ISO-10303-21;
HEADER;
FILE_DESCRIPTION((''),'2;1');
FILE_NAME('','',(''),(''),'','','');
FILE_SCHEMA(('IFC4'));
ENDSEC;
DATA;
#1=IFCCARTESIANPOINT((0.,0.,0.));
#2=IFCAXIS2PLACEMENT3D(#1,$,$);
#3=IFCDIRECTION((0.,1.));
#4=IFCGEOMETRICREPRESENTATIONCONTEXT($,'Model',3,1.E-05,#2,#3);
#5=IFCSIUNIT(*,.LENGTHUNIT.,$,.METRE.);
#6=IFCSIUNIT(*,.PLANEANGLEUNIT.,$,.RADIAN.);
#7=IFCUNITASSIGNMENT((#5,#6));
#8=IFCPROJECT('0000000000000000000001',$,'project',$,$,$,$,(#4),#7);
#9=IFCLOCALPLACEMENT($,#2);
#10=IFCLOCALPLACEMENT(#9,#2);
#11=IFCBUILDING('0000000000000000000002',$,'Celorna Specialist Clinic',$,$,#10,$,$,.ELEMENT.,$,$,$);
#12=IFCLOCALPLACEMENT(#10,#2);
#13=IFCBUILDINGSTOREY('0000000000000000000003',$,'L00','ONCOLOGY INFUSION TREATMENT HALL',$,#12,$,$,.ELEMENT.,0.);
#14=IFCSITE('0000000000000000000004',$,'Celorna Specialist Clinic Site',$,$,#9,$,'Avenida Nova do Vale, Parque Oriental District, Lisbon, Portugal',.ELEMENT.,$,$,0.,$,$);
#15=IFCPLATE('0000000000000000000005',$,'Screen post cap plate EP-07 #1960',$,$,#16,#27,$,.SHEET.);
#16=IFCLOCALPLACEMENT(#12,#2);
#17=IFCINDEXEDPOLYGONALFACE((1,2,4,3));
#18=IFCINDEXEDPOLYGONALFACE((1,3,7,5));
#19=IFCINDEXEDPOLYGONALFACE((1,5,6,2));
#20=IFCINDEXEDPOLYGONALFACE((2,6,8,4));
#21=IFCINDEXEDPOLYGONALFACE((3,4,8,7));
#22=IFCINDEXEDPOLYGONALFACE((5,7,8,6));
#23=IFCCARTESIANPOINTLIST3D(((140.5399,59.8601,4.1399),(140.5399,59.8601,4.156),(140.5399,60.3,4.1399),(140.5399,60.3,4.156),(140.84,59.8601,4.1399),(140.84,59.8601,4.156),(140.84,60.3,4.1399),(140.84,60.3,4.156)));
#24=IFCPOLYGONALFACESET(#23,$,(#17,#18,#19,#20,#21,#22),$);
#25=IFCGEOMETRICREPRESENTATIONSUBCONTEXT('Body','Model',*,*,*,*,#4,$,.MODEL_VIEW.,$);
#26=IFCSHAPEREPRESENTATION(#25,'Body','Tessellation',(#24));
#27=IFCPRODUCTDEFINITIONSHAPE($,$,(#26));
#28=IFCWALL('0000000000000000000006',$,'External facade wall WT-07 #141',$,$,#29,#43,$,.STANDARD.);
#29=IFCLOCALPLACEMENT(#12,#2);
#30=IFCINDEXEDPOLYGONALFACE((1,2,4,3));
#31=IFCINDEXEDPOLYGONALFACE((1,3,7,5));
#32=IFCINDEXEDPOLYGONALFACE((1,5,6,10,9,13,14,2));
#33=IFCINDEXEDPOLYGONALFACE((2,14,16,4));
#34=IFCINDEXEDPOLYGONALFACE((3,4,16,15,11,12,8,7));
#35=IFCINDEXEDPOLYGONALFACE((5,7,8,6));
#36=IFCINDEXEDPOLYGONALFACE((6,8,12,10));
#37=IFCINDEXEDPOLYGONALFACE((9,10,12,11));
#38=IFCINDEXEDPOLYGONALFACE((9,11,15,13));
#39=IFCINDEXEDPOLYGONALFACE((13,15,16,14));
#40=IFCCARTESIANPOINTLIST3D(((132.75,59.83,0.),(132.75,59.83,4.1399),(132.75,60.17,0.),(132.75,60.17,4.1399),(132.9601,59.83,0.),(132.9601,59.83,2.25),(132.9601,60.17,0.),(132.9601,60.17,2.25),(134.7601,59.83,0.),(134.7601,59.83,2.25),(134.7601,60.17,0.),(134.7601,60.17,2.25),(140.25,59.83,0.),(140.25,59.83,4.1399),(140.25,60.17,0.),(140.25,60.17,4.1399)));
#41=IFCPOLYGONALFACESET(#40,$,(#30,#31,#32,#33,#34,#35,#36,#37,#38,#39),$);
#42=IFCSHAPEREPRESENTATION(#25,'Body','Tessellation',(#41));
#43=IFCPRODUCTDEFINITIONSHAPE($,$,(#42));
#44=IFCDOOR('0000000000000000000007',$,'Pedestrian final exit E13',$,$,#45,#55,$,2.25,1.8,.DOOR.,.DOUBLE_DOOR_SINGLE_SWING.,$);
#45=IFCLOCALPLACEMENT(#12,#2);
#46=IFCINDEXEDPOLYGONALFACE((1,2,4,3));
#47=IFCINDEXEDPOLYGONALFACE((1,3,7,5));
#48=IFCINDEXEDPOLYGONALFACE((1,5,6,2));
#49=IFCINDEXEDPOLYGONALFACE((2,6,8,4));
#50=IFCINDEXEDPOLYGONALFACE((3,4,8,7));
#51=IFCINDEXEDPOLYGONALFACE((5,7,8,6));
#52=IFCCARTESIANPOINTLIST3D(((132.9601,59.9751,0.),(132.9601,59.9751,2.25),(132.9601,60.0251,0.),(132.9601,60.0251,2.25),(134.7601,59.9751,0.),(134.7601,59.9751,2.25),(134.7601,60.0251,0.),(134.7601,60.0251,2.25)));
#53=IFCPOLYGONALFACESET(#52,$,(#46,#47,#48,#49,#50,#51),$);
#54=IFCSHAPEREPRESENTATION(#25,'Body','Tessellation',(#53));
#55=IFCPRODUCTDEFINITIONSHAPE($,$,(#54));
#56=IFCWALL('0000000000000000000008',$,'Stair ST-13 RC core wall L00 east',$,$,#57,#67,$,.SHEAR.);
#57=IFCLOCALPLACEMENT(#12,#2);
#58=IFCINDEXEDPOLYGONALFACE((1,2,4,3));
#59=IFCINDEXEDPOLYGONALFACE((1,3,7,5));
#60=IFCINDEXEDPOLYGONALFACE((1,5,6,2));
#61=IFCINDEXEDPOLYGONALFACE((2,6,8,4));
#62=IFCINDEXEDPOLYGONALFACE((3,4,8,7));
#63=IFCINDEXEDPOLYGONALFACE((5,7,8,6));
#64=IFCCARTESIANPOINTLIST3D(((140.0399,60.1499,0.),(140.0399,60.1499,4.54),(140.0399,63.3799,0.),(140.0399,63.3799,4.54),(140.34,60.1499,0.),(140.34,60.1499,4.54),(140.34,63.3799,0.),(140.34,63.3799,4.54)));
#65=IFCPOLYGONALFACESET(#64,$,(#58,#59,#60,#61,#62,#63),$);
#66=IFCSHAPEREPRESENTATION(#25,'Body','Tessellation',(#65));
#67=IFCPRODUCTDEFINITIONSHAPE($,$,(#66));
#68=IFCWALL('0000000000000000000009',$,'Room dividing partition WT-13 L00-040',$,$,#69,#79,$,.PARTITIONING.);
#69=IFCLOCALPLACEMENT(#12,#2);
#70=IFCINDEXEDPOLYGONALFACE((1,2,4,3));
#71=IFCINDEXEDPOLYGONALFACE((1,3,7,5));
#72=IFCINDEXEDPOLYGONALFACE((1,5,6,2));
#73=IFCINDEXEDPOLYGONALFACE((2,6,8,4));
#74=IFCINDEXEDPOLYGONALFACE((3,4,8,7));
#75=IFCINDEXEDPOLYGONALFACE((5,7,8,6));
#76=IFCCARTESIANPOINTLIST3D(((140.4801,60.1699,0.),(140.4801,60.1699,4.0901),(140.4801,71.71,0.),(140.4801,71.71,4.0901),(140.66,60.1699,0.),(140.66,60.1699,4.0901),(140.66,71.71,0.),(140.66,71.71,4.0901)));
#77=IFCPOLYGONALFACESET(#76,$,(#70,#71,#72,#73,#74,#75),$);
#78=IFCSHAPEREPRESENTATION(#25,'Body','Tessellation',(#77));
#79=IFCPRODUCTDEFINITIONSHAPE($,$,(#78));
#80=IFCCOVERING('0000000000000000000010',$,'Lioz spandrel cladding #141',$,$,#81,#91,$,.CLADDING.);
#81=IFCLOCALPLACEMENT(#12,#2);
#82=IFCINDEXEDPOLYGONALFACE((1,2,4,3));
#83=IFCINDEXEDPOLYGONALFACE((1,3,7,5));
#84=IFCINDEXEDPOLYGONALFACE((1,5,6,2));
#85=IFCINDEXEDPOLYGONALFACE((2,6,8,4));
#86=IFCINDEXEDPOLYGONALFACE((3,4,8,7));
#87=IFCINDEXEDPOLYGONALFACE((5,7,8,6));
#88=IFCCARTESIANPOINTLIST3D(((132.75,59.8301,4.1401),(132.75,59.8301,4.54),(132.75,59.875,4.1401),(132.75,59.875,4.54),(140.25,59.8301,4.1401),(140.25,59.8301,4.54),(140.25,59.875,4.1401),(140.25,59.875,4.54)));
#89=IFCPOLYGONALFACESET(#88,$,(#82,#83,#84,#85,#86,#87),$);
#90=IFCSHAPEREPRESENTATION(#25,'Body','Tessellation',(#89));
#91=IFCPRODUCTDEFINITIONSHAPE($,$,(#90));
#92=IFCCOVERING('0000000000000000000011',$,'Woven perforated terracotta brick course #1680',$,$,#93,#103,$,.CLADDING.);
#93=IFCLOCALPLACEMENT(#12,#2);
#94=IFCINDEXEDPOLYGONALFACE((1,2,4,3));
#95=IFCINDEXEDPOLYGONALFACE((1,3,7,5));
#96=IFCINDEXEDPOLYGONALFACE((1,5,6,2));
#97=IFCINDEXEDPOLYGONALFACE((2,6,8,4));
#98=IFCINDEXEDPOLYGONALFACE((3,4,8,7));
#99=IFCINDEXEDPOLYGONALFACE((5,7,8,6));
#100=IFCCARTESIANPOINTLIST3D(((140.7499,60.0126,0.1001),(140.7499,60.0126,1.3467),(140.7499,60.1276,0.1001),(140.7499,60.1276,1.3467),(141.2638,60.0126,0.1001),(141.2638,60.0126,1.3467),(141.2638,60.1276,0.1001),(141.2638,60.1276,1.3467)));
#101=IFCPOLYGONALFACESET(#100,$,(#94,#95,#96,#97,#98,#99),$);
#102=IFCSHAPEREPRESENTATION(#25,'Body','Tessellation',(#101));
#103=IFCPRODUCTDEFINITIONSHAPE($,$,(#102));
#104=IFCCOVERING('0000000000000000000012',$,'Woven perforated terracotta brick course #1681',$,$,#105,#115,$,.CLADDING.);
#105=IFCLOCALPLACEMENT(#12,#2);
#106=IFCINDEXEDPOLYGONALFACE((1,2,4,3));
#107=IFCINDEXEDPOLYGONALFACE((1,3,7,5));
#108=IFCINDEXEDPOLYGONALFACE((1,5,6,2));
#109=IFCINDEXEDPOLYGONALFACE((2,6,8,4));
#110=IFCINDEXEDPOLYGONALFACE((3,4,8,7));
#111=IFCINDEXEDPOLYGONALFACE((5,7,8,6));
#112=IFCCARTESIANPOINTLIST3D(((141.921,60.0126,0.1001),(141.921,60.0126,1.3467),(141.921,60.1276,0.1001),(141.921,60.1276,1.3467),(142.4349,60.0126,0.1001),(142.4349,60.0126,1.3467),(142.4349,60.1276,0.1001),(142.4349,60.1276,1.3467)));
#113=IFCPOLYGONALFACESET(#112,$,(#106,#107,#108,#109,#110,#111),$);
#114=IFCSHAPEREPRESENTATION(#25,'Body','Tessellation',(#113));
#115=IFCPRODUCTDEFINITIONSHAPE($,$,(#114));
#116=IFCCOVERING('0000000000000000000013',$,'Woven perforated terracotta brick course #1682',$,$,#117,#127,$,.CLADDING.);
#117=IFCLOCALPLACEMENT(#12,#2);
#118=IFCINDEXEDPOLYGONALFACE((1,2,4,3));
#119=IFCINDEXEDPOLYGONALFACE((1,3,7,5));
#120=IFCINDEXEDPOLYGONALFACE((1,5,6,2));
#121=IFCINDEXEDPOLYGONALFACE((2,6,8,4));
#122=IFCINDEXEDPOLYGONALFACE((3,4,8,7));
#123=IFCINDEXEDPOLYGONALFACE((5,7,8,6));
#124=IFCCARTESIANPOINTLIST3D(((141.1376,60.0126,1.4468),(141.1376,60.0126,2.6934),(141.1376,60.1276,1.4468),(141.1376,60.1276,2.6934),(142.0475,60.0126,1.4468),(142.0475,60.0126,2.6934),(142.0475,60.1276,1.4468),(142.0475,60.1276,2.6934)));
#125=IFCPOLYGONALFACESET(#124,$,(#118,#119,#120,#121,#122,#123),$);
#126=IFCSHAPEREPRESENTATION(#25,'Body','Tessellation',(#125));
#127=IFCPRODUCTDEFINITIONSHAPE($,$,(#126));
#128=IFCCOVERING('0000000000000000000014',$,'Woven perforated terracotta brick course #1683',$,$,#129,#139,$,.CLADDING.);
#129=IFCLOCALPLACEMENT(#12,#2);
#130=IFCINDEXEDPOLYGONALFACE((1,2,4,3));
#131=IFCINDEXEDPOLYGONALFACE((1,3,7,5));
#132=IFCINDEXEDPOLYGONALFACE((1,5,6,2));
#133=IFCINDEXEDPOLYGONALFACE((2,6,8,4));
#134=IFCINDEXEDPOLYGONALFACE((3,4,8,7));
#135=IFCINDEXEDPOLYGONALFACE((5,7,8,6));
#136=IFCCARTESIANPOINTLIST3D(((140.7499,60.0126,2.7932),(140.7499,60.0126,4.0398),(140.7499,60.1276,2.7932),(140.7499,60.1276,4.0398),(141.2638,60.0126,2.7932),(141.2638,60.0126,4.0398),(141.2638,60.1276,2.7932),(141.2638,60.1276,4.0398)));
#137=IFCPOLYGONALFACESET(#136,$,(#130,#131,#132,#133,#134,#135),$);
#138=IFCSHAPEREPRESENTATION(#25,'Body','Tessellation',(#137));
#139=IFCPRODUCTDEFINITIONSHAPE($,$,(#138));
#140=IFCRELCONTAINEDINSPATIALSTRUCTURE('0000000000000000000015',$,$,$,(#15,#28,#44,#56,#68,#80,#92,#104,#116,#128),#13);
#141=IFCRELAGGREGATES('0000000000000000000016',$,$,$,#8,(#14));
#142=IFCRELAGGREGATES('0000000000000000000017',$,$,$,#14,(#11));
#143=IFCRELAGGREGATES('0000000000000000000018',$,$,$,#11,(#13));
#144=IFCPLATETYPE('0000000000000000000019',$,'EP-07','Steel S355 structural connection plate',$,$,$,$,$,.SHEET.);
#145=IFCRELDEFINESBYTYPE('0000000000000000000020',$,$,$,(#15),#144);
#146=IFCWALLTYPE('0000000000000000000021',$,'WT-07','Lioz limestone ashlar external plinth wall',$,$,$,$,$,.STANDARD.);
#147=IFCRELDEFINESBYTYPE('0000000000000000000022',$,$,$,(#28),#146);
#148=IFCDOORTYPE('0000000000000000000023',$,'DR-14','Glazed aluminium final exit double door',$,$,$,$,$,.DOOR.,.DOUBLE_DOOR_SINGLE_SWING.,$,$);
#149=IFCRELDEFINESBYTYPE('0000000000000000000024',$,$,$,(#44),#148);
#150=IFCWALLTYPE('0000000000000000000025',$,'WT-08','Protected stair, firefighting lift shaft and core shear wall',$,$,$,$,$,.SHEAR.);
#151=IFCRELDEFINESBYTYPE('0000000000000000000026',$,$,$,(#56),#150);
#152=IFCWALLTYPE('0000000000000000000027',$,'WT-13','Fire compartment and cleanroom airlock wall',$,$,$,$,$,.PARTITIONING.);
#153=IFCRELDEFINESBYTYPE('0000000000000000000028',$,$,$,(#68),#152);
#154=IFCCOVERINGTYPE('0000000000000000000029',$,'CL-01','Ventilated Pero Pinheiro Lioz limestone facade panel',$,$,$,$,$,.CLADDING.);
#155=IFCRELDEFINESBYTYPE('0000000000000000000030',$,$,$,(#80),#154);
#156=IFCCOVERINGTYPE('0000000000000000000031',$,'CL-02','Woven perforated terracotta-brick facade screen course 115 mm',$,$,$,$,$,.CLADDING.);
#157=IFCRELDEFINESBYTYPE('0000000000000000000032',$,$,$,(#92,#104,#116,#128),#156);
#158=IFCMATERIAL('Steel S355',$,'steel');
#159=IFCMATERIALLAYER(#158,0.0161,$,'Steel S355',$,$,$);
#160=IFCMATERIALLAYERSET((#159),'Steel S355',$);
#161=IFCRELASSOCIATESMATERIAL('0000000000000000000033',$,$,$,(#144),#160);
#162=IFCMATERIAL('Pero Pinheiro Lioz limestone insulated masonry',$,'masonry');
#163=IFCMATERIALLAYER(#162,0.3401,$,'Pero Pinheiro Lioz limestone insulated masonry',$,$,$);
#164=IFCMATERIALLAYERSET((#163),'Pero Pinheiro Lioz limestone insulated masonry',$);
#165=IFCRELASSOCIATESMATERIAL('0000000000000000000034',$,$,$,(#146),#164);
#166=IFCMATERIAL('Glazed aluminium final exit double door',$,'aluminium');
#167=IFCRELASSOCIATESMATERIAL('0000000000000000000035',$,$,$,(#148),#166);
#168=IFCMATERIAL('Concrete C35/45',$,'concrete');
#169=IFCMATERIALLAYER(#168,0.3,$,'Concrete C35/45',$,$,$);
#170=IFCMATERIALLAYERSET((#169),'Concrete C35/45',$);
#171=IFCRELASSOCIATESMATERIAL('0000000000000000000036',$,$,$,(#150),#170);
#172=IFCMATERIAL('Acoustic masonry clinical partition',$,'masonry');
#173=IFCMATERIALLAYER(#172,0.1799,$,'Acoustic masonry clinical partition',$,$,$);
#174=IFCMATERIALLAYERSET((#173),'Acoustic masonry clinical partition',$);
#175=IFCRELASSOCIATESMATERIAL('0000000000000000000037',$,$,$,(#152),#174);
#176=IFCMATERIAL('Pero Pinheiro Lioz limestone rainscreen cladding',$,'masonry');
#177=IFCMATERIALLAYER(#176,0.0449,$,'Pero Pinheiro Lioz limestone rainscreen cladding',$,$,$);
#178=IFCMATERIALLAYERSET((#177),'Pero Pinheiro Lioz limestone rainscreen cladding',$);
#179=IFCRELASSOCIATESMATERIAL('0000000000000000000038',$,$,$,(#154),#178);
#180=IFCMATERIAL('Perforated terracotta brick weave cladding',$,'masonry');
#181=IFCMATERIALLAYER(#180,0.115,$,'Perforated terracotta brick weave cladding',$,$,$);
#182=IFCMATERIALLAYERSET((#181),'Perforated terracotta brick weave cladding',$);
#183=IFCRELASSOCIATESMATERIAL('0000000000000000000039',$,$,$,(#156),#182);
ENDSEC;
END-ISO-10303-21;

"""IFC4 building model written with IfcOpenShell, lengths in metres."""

from ifc_helpers import new_model, si_unit, direction, frame, frame_2d, origin, origin_2d, place, context, subcontext, project, spatial, rectangle, extrude, material, layer, layer_set, type_object, element, fill, save


model = new_model("IFC4")

# Units and contexts
model_context = context("Model", 3, precision=1e-05, world=origin(), true_north=direction((0.0, 1.0)))
body_context = subcontext(model_context, "Body", "Model", "MODEL_VIEW")
ifc_project = project(units=[si_unit("LENGTHUNIT", "METRE"), si_unit("PLANEANGLEUNIT", "RADIAN")], contexts=[model_context])

# Site, building, storey
site_placement = place(None, origin())
site = spatial("IfcSite", under=ifc_project, at=site_placement, Name="Celorna Specialist Clinic Site", LongName="Avenida Nova do Vale, Parque Oriental District, Lisbon, Portugal", CompositionType="ELEMENT", RefElevation=0.0)
building_placement = place(site_placement, origin())
building = spatial("IfcBuilding", under=site, at=building_placement, Name="Celorna Specialist Clinic", CompositionType="ELEMENT")
storey_placement = place(building_placement, origin())
storey = spatial("IfcBuildingStorey", under=building, at=storey_placement, Name="L00", Description="ONCOLOGY INFUSION TREATMENT HALL", CompositionType="ELEMENT", Elevation=0.0)

# Shared definitions
ifc_material_1 = material(Name="Concrete C35/45", Category="concrete")
ifc_material_2 = material(Name="Steel S355", Category="steel")

# Plate
ifc_layer_1 = layer(ifc_material_2, 0.0161, Name="Steel S355")
ifc_layer_set_1 = layer_set([ifc_layer_1], Name="Steel S355")
plate_type_1 = type_object("IfcPlateType", Name="EP-07", Description="Steel S355 structural connection plate", PredefinedType="SHEET", material=ifc_layer_set_1)
plate_1_placement = place(storey_placement, frame((140.6899, 60.0801, 4.1399), z_axis=(0.0, 0.0, 1.0), x_axis=(1.0, 0.0, 0.0)))
element("IfcPlate", 1, at=plate_1_placement, inside=storey, type_object=plate_type_1, Name="Screen post cap plate EP-07 #1960", PredefinedType="SHEET", context=body_context, shape_type="SweptSolid", body=[
    extrude(rectangle(XDim=0.3, YDim=0.4399, at=origin_2d()), origin(), (0.0, 0.0, 1.0), 0.0161),
])

# Wall, opening, door
ifc_material_3 = material(Name="Pero Pinheiro Lioz limestone insulated masonry", Category="masonry")
ifc_layer_2 = layer(ifc_material_3, 0.3401, Name="Pero Pinheiro Lioz limestone insulated masonry")
ifc_layer_set_2 = layer_set([ifc_layer_2], Name="Pero Pinheiro Lioz limestone insulated masonry")
wall_type_1 = type_object("IfcWallType", Name="WT-07", Description="Lioz limestone ashlar external plinth wall", PredefinedType="STANDARD", material=ifc_layer_set_2)
wall_1_placement = place(storey_placement, frame((140.25, 60.0, 0.0), z_axis=(0.0, 0.0, 1.0), x_axis=(-1.0, 0.0, 0.0)))
wall_1 = element("IfcWall", 2, at=wall_1_placement, inside=storey, type_object=wall_type_1, Name="External facade wall WT-07 #141", PredefinedType="STANDARD", context=body_context, shape_type="SweptSolid", body=[
    extrude(rectangle(XDim=7.5, YDim=0.3401, at=frame_2d((3.75, 0.0))), origin(), (0.0, 0.0, 1.0), 4.1399),
])
opening_placement = place(wall_1_placement, frame((5.49, 0.0, 0.0)))
opening = element("IfcOpeningElement", 3, at=opening_placement, cuts=wall_1, PredefinedType="OPENING", context=body_context, shape_type="SweptSolid", body=[
    extrude(rectangle(XDim=1.8, YDim=2.25, at=frame_2d((0.8999, 1.125))), frame((0.0, 0.1799, 0.0), z_axis=(0.0, -1.0, 0.0), x_axis=(1.0, 0.0, 0.0)), (0.0, 0.0, 1.0), 0.3601),
])
ifc_material_4 = material(Name="Glazed aluminium final exit double door", Category="aluminium")
door_type = type_object("IfcDoorType", Name="DR-14", Description="Glazed aluminium final exit double door", OperationType="DOUBLE_DOOR_SINGLE_SWING", PredefinedType="DOOR", material=ifc_material_4)
door_placement = place(opening_placement, origin())
door = element("IfcDoor", 4, at=door_placement, inside=storey, type_object=door_type, Name="Pedestrian final exit E13", OperationType="DOUBLE_DOOR_SINGLE_SWING", OverallHeight=2.25, OverallWidth=1.8, PredefinedType="DOOR", context=body_context, shape_type="SweptSolid", body=[
    extrude(rectangle(XDim=1.8, YDim=2.25, at=frame_2d((0.8999, 1.125))), frame((0.0, 0.0249, 0.0), z_axis=(0.0, -1.0, 0.0), x_axis=(1.0, 0.0, 0.0)), (0.0, 0.0, 1.0), 0.05),
])
fill(opening, door)

# Walls
ifc_layer_3 = layer(ifc_material_1, 0.3, Name="Concrete C35/45")
ifc_layer_set_3 = layer_set([ifc_layer_3], Name="Concrete C35/45")
wall_type_2 = type_object("IfcWallType", Name="WT-08", Description="Protected stair, firefighting lift shaft and core shear wall", PredefinedType="SHEAR", material=ifc_layer_set_3)
wall_2_placement = place(storey_placement, frame((140.1899, 60.1499, 0.0), z_axis=(0.0, 0.0, 1.0), x_axis=(0.0, 1.0, 0.0)))
element("IfcWall", 5, at=wall_2_placement, inside=storey, type_object=wall_type_2, Name="Stair ST-13 RC core wall L00 east", PredefinedType="SHEAR", context=body_context, shape_type="SweptSolid", body=[
    extrude(rectangle(XDim=3.23, YDim=0.3, at=frame_2d((1.615, 0.0))), origin(), (0.0, 0.0, 1.0), 4.54),
])
ifc_material_5 = material(Name="Acoustic masonry clinical partition", Category="masonry")
ifc_layer_4 = layer(ifc_material_5, 0.1799, Name="Acoustic masonry clinical partition")
ifc_layer_set_4 = layer_set([ifc_layer_4], Name="Acoustic masonry clinical partition")
wall_type_3 = type_object("IfcWallType", Name="WT-13", Description="Fire compartment and cleanroom airlock wall", PredefinedType="PARTITIONING", material=ifc_layer_set_4)
wall_3_placement = place(storey_placement, frame((140.5701, 60.1699, 0.0), z_axis=(0.0, 0.0, 1.0), x_axis=(0.0, 1.0, 0.0)))
element("IfcWall", 6, at=wall_3_placement, inside=storey, type_object=wall_type_3, Name="Room dividing partition WT-13 L00-040", PredefinedType="PARTITIONING", context=body_context, shape_type="SweptSolid", body=[
    extrude(rectangle(XDim=11.54, YDim=0.1799, at=frame_2d((5.77, 0.0))), origin(), (0.0, 0.0, 1.0), 4.0901),
])

# Coverings
ifc_material_6 = material(Name="Pero Pinheiro Lioz limestone rainscreen cladding", Category="masonry")
ifc_layer_5 = layer(ifc_material_6, 0.0449, Name="Pero Pinheiro Lioz limestone rainscreen cladding")
ifc_layer_set_5 = layer_set([ifc_layer_5], Name="Pero Pinheiro Lioz limestone rainscreen cladding")
covering_type_1 = type_object("IfcCoveringType", Name="CL-01", Description="Ventilated Pero Pinheiro Lioz limestone facade panel", PredefinedType="CLADDING", material=ifc_layer_set_5)
covering_1_placement = place(storey_placement, frame((136.5, 59.8525, 4.1401), z_axis=(0.0, 0.0, 1.0), x_axis=(-1.0, 0.0, 0.0)))
element("IfcCovering", 7, at=covering_1_placement, inside=storey, type_object=covering_type_1, Name="Lioz spandrel cladding #141", PredefinedType="CLADDING", context=body_context, shape_type="SweptSolid", body=[
    extrude(rectangle(XDim=7.5, YDim=0.0449, at=origin_2d()), origin(), (0.0, 0.0, 1.0), 0.3999),
])
ifc_material_7 = material(Name="Perforated terracotta brick weave cladding", Category="masonry")
ifc_layer_6 = layer(ifc_material_7, 0.115, Name="Perforated terracotta brick weave cladding")
ifc_layer_set_6 = layer_set([ifc_layer_6], Name="Perforated terracotta brick weave cladding")
covering_type_2 = type_object("IfcCoveringType", Name="CL-02", Description="Woven perforated terracotta-brick facade screen course 115 mm", PredefinedType="CLADDING", material=ifc_layer_set_6)
for number, where, z_axis, x_axis, name in (
    (8, (141.0068, 60.0701, 0.1001), (0.0, 0.0, 1.0), (1.0, 0.0, 0.0), "Woven perforated terracotta brick course #1680"),
    (9, (142.178, 60.0701, 0.1001), (0.0, 0.0, 1.0), (1.0, 0.0, 0.0), "Woven perforated terracotta brick course #1681"),
):
    element("IfcCovering", number, at=place(storey_placement, frame(where, z_axis=z_axis, x_axis=x_axis)), inside=storey, type_object=covering_type_2, Name=name, PredefinedType="CLADDING", context=body_context, shape_type="SweptSolid", body=[
        extrude(rectangle(XDim=0.5139, YDim=0.115, at=origin_2d()), origin(), (0.0, 0.0, 1.0), 1.2466),
    ])
covering_2_placement = place(storey_placement, frame((141.5925, 60.0701, 1.4468), z_axis=(0.0, 0.0, 1.0), x_axis=(1.0, 0.0, 0.0)))
element("IfcCovering", 10, at=covering_2_placement, inside=storey, type_object=covering_type_2, Name="Woven perforated terracotta brick course #1682", PredefinedType="CLADDING", context=body_context, shape_type="SweptSolid", body=[
    extrude(rectangle(XDim=0.9099, YDim=0.115, at=origin_2d()), origin(), (0.0, 0.0, 1.0), 1.2466),
])
covering_3_placement = place(storey_placement, frame((141.0068, 60.0701, 2.7932), z_axis=(0.0, 0.0, 1.0), x_axis=(1.0, 0.0, 0.0)))
element("IfcCovering", 11, at=covering_3_placement, inside=storey, type_object=covering_type_2, Name="Woven perforated terracotta brick course #1683", PredefinedType="CLADDING", context=body_context, shape_type="SweptSolid", body=[
    extrude(rectangle(XDim=0.5139, YDim=0.115, at=origin_2d()), origin(), (0.0, 0.0, 1.0), 1.2466),
])

save(model, "model.ifc")
